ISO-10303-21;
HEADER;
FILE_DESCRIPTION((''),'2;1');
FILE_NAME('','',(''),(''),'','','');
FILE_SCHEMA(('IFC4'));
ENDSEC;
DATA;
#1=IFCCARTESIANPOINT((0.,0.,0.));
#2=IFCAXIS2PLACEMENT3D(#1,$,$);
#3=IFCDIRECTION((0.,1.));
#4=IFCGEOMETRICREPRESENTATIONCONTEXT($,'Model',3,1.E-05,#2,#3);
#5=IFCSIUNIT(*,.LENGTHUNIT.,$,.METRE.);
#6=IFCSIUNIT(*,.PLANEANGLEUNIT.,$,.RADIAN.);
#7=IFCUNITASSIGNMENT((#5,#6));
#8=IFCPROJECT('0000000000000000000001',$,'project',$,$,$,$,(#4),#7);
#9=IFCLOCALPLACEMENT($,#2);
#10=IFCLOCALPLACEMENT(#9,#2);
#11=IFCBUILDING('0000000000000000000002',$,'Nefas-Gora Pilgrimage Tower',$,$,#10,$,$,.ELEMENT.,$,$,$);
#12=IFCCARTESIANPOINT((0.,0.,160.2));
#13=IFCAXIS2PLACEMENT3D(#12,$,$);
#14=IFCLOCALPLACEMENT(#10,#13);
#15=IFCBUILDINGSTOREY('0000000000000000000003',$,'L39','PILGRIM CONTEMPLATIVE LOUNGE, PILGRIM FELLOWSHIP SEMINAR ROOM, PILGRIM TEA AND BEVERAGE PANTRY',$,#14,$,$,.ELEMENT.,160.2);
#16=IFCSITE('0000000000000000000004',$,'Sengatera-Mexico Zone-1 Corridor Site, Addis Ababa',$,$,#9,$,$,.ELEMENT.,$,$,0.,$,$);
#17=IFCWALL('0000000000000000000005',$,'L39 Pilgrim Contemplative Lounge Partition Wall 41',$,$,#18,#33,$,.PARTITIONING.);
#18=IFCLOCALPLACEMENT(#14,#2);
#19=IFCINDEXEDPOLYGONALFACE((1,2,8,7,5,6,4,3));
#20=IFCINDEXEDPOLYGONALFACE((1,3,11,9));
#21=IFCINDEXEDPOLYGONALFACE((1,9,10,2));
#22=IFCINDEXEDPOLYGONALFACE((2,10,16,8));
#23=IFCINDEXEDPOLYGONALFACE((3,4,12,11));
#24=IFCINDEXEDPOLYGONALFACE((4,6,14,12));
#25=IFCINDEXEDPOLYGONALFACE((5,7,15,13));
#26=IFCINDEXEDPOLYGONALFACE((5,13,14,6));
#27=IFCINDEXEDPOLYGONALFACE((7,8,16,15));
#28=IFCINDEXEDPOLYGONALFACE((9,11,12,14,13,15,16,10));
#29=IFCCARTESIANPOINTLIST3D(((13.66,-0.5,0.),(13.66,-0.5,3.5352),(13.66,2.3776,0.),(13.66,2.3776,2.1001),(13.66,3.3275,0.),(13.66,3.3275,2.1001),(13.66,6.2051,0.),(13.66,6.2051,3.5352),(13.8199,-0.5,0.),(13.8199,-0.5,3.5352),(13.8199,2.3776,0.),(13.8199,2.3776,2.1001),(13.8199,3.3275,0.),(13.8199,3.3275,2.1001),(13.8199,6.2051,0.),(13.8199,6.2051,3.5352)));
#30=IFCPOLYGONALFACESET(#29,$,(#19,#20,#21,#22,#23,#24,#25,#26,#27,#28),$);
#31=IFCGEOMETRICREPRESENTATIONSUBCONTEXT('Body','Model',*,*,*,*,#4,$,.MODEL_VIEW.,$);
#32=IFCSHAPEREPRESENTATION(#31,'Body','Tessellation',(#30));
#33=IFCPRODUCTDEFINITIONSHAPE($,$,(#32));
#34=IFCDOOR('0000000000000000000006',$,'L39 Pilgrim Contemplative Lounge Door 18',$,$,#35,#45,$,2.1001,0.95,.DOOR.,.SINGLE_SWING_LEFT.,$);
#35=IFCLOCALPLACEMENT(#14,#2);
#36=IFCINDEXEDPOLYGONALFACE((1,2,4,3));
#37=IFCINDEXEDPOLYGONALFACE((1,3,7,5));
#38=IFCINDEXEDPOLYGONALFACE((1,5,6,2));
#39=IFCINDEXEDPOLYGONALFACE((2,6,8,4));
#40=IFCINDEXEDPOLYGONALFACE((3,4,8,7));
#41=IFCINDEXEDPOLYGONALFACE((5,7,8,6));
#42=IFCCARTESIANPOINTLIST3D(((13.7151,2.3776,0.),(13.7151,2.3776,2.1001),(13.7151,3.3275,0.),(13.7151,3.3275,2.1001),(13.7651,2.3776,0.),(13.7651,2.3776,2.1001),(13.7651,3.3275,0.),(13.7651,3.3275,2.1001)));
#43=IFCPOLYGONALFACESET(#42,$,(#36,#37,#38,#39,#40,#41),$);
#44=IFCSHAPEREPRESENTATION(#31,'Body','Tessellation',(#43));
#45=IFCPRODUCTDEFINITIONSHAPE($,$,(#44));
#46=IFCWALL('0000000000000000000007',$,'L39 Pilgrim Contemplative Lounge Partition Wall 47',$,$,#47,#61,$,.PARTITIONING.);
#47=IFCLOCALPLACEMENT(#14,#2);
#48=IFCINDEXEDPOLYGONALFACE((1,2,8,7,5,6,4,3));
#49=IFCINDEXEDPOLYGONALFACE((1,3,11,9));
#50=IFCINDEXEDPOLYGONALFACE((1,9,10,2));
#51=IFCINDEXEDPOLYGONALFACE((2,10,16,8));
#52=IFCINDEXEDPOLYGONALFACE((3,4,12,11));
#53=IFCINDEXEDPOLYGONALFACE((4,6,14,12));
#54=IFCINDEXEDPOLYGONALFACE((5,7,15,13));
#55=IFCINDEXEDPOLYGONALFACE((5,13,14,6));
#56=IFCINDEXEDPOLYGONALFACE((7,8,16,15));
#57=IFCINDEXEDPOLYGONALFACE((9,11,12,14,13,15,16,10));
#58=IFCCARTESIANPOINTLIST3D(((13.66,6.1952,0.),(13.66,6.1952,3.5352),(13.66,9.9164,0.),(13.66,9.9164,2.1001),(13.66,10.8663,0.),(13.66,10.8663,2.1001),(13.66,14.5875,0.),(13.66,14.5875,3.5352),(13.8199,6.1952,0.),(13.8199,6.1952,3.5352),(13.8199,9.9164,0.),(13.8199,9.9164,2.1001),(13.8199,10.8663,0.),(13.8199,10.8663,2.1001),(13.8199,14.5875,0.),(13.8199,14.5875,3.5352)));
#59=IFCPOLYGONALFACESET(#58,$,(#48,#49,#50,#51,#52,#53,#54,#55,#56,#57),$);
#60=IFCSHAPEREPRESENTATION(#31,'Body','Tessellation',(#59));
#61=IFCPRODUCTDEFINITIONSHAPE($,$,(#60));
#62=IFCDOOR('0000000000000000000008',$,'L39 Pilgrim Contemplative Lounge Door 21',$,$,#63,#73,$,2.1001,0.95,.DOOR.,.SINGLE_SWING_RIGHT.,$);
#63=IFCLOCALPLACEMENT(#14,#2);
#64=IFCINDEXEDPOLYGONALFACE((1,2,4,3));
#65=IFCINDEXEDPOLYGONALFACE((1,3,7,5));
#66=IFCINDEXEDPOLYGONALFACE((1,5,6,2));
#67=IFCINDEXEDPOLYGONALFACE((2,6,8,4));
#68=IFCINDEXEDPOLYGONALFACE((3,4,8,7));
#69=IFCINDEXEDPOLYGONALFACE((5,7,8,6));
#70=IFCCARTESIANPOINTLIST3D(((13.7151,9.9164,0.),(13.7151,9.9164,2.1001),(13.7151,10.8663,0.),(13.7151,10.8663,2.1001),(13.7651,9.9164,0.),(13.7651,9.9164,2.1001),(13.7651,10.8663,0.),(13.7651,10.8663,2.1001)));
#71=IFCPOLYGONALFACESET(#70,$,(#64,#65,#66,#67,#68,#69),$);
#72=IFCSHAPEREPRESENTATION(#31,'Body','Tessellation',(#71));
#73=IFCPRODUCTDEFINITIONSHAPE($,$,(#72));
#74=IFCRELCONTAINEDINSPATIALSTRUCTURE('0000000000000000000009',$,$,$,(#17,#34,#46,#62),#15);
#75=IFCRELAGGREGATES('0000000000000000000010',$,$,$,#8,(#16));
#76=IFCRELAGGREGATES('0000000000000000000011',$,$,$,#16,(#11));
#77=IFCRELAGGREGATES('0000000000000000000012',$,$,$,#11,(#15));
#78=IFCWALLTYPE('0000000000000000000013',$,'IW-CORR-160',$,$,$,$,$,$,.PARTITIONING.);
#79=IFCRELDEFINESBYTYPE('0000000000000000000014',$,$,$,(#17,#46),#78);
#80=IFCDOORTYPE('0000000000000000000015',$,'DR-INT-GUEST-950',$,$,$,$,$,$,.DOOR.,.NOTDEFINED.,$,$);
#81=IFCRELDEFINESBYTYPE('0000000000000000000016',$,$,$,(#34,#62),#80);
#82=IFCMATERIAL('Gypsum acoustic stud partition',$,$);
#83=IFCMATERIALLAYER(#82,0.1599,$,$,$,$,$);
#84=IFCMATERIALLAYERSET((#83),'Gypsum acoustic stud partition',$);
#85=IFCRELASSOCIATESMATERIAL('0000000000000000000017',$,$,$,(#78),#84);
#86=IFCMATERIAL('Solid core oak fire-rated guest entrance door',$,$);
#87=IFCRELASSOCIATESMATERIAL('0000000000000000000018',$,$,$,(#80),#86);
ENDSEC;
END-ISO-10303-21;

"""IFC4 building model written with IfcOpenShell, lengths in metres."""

from ifc_helpers import new_model, si_unit, direction, frame, frame_2d, origin, place, context, subcontext, project, spatial, rectangle, extrude, source, transform, mapped, material, layer, layer_set, type_object, element, fill, save


model = new_model("IFC4")

# Units and contexts
model_context = context("Model", 3, precision=1e-05, world=origin(), true_north=direction((0.0, 1.0)))
body_context = subcontext(model_context, "Body", "Model", "MODEL_VIEW")
ifc_project = project(units=[si_unit("LENGTHUNIT", "METRE"), si_unit("PLANEANGLEUNIT", "RADIAN")], contexts=[model_context])

# Site, building, storey
site_placement = place(None, origin())
site = spatial("IfcSite", under=ifc_project, at=site_placement, Name="Sengatera-Mexico Zone-1 Corridor Site, Addis Ababa", CompositionType="ELEMENT", RefElevation=0.0)
building_placement = place(site_placement, origin())
building = spatial("IfcBuilding", under=site, at=building_placement, Name="Nefas-Gora Pilgrimage Tower", CompositionType="ELEMENT")
storey_placement = place(building_placement, frame((0.0, 0.0, 160.2)))
storey = spatial("IfcBuildingStorey", under=building, at=storey_placement, Name="L39", Description="PILGRIM CONTEMPLATIVE LOUNGE, PILGRIM FELLOWSHIP SEMINAR ROOM, PILGRIM TEA AND BEVERAGE PANTRY", CompositionType="ELEMENT", Elevation=160.2)

# Walls, openings, doors
ifc_material_1 = material(Name="Gypsum acoustic stud partition")
ifc_layer_1 = layer(ifc_material_1, 0.1599)
ifc_layer_set_1 = layer_set([ifc_layer_1], Name="Gypsum acoustic stud partition")
wall_type_1 = type_object("IfcWallType", Name="IW-CORR-160", PredefinedType="PARTITIONING", material=ifc_layer_set_1)
shared_shape_1 = source(origin(), body_context, "Body", "SweptSolid", [
    extrude(rectangle(XDim=6.7051, YDim=0.1599, at=frame_2d((3.3525, 0.0))), origin(), (0.0, 0.0, 1.0), 3.5352),
])
wall_1_placement = place(storey_placement, frame((13.74, -0.5, 0.0), z_axis=(0.0, 0.0, 1.0), x_axis=(0.0, 1.0, 0.0)))
wall_1 = element("IfcWall", 1, at=wall_1_placement, inside=storey, type_object=wall_type_1, Name="L39 Pilgrim Contemplative Lounge Partition Wall 41", PredefinedType="PARTITIONING", context=body_context, shape_type="MappedRepresentation", body=[
    mapped(shared_shape_1, transform((0.0, 0.0, 0.0), x_axis=(1.0, 0.0, 0.0), y_axis=(0.0, 1.0, 0.0), z_axis=(0.0, 0.0, 1.0), scale=1.0)),
])
opening_1_placement = place(wall_1_placement, frame((2.8774, 0.0, 0.0)))
opening_1 = element("IfcOpeningElement", 2, at=opening_1_placement, cuts=wall_1, PredefinedType="OPENING", context=body_context, shape_type="SweptSolid", body=[
    extrude(rectangle(XDim=0.95, YDim=2.1001, at=frame_2d((0.4751, 1.05))), frame((0.0, 0.0898, 0.0), z_axis=(0.0, -1.0, 0.0), x_axis=(1.0, 0.0, 0.0)), (0.0, 0.0, 1.0), 0.1799),
])
ifc_material_2 = material(Name="Solid core oak fire-rated guest entrance door")
door_type = type_object("IfcDoorType", Name="DR-INT-GUEST-950", OperationType="NOTDEFINED", PredefinedType="DOOR", material=ifc_material_2)
shared_shape_2 = source(origin(), body_context, "Body", "SweptSolid", [
    extrude(rectangle(XDim=0.95, YDim=2.1001, at=frame_2d((0.4751, 1.05))), frame((0.0, 0.0249, 0.0), z_axis=(0.0, -1.0, 0.0), x_axis=(1.0, 0.0, 0.0)), (0.0, 0.0, 1.0), 0.05),
])
door_1_placement = place(opening_1_placement, origin())
door_1 = element("IfcDoor", 3, at=door_1_placement, inside=storey, type_object=door_type, Name="L39 Pilgrim Contemplative Lounge Door 18", OperationType="SINGLE_SWING_LEFT", OverallHeight=2.1001, OverallWidth=0.95, PredefinedType="DOOR", context=body_context, shape_type="MappedRepresentation", body=[
    mapped(shared_shape_2, transform((0.0, 0.0, 0.0), x_axis=(1.0, 0.0, 0.0), y_axis=(0.0, 1.0, 0.0), z_axis=(0.0, 0.0, 1.0), scale=1.0)),
])
fill(opening_1, door_1)
shared_shape_3 = source(origin(), body_context, "Body", "SweptSolid", [
    extrude(rectangle(XDim=8.3923, YDim=0.1599, at=frame_2d((4.1963, 0.0))), origin(), (0.0, 0.0, 1.0), 3.5352),
])
wall_2_placement = place(storey_placement, frame((13.74, 6.1951, 0.0), z_axis=(0.0, 0.0, 1.0), x_axis=(0.0, 1.0, 0.0)))
wall_2 = element("IfcWall", 4, at=wall_2_placement, inside=storey, type_object=wall_type_1, Name="L39 Pilgrim Contemplative Lounge Partition Wall 47", PredefinedType="PARTITIONING", context=body_context, shape_type="MappedRepresentation", body=[
    mapped(shared_shape_3, transform((0.0, 0.0, 0.0), x_axis=(1.0, 0.0, 0.0), y_axis=(0.0, 1.0, 0.0), z_axis=(0.0, 0.0, 1.0), scale=1.0)),
])
opening_2_placement = place(wall_2_placement, frame((3.7212, 0.0, 0.0)))
opening_2 = element("IfcOpeningElement", 5, at=opening_2_placement, cuts=wall_2, PredefinedType="OPENING", context=body_context, shape_type="SweptSolid", body=[
    extrude(rectangle(XDim=0.95, YDim=2.1001, at=frame_2d((0.4751, 1.05))), frame((0.0, 0.0898, 0.0), z_axis=(0.0, -1.0, 0.0), x_axis=(1.0, 0.0, 0.0)), (0.0, 0.0, 1.0), 0.1799),
])
door_2_placement = place(opening_2_placement, origin())
door_2 = element("IfcDoor", 6, at=door_2_placement, inside=storey, type_object=door_type, Name="L39 Pilgrim Contemplative Lounge Door 21", OperationType="SINGLE_SWING_RIGHT", OverallHeight=2.1001, OverallWidth=0.95, PredefinedType="DOOR", context=body_context, shape_type="MappedRepresentation", body=[
    mapped(shared_shape_2, transform((0.0, 0.0, 0.0), x_axis=(1.0, 0.0, 0.0), y_axis=(0.0, 1.0, 0.0), z_axis=(0.0, 0.0, 1.0), scale=1.0)),
])
fill(opening_2, door_2)

save(model, "model.ifc")
